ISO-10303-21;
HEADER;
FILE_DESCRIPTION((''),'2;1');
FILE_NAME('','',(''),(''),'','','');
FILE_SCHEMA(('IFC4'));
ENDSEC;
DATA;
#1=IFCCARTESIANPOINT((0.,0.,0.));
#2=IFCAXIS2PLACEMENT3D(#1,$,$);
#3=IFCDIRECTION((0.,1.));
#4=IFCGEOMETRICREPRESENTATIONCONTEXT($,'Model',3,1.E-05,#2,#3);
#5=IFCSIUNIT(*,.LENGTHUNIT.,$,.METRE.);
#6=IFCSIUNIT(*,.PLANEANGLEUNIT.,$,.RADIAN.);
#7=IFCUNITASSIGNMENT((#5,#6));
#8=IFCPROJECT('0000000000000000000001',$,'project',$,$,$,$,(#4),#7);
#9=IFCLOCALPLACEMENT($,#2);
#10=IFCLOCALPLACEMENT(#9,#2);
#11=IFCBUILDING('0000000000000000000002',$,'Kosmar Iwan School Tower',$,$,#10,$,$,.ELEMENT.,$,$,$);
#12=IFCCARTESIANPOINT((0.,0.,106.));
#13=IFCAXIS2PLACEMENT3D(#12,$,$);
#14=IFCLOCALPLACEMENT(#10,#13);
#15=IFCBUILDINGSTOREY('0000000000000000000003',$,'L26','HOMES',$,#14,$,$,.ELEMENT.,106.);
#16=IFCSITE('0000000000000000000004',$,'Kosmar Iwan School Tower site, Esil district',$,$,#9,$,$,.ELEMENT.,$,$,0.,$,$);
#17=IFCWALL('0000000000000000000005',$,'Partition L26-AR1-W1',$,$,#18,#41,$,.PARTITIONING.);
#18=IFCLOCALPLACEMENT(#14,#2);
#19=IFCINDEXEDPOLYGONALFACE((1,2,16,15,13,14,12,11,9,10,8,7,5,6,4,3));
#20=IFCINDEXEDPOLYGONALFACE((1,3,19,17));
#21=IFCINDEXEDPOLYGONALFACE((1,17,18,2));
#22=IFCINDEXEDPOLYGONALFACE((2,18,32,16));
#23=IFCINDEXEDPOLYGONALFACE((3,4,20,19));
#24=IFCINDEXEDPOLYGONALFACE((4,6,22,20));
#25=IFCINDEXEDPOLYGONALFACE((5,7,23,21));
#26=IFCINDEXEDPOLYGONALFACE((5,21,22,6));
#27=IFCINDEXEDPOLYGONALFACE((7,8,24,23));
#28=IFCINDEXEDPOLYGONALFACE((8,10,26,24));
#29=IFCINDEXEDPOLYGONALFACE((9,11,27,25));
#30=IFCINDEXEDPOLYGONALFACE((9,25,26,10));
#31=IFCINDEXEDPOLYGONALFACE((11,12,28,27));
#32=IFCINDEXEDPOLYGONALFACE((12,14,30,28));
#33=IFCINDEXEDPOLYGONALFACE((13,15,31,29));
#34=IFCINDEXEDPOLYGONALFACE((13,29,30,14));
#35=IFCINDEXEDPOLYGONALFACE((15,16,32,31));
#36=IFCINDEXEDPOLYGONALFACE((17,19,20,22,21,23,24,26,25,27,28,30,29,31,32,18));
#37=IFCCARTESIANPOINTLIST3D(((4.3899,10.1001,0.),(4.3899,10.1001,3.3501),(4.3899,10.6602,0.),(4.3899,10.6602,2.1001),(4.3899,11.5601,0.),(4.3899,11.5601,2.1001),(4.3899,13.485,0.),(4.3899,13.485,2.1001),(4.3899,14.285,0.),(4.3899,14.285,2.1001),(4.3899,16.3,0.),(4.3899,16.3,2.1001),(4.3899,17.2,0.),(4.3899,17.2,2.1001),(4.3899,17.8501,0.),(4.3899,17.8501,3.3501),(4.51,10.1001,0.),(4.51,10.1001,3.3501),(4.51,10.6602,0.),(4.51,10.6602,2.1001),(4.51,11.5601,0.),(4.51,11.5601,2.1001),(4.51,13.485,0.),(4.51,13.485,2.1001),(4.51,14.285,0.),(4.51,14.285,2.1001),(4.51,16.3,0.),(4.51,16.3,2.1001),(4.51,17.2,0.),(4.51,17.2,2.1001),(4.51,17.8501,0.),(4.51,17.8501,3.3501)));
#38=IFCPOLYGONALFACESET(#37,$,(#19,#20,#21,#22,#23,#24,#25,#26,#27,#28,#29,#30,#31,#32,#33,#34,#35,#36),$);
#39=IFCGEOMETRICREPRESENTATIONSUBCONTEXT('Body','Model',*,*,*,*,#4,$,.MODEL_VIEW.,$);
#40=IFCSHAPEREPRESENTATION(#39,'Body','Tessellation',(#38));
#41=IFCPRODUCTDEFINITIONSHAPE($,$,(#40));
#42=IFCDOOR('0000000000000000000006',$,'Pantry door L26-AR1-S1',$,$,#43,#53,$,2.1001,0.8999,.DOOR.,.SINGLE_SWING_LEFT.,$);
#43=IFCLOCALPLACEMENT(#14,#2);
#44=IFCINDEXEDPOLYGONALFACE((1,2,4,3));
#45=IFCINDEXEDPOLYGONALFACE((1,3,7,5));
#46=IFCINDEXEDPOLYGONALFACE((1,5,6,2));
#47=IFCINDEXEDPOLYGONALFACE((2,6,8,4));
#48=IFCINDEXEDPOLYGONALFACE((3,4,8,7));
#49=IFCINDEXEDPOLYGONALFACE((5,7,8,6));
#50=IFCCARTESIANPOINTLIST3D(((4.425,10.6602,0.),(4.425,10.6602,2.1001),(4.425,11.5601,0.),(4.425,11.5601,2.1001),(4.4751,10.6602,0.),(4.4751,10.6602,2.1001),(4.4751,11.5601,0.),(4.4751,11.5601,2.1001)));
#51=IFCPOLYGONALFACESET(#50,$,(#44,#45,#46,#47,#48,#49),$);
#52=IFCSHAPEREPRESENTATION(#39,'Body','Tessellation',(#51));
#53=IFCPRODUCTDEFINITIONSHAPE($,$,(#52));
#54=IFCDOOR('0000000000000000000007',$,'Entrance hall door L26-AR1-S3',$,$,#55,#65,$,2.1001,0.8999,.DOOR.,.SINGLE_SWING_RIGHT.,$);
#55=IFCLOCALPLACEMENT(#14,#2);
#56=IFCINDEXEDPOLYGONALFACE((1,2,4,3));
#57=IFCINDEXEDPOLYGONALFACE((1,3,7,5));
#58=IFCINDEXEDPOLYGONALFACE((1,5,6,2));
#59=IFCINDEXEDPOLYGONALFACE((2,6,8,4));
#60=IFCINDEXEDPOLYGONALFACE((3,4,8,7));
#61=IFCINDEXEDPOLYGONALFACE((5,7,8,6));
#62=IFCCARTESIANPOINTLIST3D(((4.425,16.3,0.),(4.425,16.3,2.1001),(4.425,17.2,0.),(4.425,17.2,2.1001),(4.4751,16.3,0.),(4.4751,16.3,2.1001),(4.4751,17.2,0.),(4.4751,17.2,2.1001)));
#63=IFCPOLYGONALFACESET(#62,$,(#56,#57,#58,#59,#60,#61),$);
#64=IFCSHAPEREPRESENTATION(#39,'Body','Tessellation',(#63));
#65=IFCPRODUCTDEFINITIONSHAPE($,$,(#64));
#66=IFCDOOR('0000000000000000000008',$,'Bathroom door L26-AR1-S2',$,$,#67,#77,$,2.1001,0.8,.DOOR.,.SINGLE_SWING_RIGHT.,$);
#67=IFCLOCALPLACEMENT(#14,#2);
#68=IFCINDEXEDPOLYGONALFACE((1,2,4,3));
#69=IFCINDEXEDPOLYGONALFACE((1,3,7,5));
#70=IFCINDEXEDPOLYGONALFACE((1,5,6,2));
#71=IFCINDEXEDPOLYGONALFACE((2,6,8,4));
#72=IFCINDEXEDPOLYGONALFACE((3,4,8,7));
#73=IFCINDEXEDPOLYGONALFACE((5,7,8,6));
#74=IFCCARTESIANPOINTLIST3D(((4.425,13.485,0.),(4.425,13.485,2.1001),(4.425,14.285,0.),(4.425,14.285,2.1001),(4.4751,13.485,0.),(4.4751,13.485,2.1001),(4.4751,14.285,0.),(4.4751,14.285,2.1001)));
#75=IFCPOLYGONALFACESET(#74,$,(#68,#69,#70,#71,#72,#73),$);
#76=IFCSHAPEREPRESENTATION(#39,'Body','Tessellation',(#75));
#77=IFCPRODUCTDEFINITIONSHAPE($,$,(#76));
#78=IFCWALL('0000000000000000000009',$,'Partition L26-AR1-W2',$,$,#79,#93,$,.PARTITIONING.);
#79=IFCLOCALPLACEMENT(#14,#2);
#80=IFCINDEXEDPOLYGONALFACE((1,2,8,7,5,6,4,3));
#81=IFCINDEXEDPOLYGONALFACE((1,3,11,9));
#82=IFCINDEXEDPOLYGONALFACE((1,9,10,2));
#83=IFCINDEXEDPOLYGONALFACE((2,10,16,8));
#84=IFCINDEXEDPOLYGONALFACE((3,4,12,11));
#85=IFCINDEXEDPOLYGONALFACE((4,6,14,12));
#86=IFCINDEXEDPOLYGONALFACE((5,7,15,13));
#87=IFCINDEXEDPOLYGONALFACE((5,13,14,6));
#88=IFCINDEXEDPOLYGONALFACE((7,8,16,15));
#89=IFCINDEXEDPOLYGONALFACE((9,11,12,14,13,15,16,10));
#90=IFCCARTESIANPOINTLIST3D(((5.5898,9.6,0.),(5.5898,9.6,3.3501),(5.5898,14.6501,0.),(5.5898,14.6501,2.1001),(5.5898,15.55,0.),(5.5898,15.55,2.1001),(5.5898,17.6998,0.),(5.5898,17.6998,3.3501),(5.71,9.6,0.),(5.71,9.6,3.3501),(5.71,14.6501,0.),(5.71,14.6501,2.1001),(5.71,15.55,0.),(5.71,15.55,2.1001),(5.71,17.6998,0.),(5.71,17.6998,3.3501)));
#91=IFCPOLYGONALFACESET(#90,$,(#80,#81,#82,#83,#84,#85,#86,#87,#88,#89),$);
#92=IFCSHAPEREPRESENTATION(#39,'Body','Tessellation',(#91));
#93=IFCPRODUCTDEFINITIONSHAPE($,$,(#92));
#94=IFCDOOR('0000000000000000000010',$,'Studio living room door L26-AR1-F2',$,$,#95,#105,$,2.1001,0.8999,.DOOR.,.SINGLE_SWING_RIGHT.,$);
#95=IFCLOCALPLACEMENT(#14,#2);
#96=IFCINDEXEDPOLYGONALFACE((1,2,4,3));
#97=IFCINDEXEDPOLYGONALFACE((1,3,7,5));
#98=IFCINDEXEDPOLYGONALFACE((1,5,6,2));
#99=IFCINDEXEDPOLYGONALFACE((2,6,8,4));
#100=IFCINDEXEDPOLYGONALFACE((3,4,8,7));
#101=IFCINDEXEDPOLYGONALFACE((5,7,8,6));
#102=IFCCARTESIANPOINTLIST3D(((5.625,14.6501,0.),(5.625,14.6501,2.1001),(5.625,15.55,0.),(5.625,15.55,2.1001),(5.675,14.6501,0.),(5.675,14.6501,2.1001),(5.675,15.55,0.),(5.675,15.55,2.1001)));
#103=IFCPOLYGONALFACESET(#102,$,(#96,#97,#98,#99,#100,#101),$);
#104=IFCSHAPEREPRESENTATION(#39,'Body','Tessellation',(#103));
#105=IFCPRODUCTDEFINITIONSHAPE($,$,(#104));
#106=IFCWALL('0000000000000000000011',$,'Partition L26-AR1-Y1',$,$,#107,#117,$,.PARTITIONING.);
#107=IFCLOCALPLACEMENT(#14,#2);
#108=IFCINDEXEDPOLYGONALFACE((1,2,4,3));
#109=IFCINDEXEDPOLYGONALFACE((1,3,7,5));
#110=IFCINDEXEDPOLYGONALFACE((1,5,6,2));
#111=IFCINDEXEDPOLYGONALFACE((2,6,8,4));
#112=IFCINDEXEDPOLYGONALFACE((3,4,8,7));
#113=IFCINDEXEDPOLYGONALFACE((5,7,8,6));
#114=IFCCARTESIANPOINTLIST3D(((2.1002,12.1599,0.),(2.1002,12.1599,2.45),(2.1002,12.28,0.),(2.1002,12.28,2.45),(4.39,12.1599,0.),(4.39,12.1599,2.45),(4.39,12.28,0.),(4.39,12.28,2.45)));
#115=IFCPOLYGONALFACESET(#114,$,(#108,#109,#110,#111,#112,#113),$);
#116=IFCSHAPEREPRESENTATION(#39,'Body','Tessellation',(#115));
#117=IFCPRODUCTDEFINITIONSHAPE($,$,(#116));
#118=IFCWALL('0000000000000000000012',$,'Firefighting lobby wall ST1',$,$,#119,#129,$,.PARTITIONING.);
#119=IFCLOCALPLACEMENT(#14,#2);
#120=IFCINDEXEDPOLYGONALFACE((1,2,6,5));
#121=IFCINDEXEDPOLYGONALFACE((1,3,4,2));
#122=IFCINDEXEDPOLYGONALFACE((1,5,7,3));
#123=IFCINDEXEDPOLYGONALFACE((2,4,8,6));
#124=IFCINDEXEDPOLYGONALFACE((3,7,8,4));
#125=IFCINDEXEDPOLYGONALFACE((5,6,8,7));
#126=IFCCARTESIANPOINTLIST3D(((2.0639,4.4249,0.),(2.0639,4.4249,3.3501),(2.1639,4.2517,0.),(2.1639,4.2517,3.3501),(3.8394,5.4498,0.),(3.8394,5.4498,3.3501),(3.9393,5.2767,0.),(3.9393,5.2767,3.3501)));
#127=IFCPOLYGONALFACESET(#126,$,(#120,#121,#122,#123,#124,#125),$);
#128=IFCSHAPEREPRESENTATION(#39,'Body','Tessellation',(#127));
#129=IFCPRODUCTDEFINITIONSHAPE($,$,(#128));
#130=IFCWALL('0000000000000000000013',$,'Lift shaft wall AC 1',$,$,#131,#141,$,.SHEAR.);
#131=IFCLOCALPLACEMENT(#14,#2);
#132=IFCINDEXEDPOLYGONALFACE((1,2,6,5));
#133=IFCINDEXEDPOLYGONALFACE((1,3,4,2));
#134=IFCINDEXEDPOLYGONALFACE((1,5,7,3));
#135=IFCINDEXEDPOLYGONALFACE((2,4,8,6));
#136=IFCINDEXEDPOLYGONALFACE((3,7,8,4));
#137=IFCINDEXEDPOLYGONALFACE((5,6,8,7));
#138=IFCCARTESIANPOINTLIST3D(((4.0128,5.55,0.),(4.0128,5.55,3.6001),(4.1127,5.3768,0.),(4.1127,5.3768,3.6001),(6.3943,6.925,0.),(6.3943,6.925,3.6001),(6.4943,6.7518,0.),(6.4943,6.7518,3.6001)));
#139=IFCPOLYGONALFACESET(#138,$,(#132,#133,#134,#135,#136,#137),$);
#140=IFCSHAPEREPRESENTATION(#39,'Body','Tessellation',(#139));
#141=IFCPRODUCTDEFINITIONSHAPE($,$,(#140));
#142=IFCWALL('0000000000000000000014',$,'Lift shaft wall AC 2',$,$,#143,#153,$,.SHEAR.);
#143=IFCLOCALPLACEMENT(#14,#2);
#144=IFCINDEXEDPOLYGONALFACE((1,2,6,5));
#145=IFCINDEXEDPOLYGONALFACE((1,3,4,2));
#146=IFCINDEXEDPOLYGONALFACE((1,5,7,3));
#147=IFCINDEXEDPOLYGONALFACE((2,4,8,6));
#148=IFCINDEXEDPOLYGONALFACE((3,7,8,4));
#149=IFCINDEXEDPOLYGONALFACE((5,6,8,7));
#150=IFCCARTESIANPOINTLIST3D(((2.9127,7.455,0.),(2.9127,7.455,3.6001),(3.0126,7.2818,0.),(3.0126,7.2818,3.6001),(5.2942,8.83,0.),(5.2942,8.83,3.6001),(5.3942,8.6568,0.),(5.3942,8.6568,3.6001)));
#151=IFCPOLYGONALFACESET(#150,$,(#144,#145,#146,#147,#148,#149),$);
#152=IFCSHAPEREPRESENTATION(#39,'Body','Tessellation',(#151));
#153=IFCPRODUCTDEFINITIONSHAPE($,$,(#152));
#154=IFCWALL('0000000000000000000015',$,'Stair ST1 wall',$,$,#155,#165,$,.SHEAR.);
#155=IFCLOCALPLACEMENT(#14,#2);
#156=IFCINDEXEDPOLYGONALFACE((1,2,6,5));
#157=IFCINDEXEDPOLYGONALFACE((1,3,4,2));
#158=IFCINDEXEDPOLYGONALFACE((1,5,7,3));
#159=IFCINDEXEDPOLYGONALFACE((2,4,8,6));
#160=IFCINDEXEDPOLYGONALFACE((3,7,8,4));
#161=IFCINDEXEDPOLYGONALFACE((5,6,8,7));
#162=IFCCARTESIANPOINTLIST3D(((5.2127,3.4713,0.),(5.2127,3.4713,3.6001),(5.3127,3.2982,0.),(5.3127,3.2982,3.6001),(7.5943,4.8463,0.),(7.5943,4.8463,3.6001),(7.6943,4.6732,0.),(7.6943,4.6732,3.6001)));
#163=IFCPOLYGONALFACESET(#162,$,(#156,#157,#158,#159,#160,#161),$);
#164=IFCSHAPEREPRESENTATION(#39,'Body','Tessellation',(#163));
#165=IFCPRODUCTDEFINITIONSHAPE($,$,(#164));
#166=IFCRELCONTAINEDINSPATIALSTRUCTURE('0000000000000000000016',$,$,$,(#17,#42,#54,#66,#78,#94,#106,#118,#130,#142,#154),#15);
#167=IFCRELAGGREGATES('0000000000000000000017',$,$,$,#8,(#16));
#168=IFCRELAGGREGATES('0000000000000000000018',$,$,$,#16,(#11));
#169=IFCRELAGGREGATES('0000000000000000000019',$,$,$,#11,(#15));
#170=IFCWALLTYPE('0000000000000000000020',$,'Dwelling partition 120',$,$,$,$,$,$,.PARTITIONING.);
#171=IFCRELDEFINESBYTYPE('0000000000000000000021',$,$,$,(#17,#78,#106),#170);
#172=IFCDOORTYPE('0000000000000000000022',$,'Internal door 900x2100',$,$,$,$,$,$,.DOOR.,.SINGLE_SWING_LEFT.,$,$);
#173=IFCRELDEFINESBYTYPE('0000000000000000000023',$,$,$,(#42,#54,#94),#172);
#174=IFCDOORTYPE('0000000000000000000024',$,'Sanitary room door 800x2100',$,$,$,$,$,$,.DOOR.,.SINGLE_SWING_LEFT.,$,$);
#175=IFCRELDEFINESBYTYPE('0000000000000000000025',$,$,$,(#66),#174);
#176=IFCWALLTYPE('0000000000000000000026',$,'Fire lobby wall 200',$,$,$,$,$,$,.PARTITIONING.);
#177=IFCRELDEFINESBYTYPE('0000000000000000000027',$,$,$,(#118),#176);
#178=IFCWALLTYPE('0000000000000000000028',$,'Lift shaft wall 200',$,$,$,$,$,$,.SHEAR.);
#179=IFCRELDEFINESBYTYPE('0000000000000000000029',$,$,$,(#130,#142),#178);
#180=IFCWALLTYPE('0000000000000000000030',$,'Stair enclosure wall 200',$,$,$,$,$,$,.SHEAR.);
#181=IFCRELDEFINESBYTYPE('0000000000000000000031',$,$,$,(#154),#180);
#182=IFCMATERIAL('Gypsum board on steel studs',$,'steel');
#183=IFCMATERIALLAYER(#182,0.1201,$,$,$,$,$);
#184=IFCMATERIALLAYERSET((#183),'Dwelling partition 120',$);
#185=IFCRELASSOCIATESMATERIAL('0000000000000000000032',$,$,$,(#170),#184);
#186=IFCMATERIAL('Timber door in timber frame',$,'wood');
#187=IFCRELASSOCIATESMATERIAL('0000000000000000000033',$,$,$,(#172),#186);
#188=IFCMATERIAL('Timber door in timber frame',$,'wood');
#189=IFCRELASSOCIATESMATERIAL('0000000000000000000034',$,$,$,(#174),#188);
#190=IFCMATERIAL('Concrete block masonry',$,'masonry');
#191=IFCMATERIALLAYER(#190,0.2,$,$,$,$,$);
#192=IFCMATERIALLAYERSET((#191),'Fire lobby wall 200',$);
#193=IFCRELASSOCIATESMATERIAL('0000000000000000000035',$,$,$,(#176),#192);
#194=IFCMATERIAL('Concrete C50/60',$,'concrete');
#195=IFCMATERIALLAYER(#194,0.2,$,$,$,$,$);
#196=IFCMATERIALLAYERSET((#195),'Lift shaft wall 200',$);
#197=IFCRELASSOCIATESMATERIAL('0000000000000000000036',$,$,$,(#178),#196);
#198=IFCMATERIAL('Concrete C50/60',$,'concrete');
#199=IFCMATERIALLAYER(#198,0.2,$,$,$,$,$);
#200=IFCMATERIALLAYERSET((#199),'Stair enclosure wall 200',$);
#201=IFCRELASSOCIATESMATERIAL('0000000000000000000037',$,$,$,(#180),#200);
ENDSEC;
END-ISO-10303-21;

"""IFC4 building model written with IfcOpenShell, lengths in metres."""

from ifc_helpers import new_model, si_unit, direction, frame, frame_2d, origin, place, context, subcontext, project, spatial, rectangle, extrude, material, layer, layer_set, type_object, element, fill, save


model = new_model("IFC4")

# Units and contexts
model_context = context("Model", 3, precision=1e-05, world=origin(), true_north=direction((0.0, 1.0)))
body_context = subcontext(model_context, "Body", "Model", "MODEL_VIEW")
ifc_project = project(units=[si_unit("LENGTHUNIT", "METRE"), si_unit("PLANEANGLEUNIT", "RADIAN")], contexts=[model_context])

# Site, building, storey
site_placement = place(None, origin())
site = spatial("IfcSite", under=ifc_project, at=site_placement, Name="Kosmar Iwan School Tower site, Esil district", CompositionType="ELEMENT", RefElevation=0.0)
building_placement = place(site_placement, origin())
building = spatial("IfcBuilding", under=site, at=building_placement, Name="Kosmar Iwan School Tower", CompositionType="ELEMENT")
storey_placement = place(building_placement, frame((0.0, 0.0, 106.0)))
storey = spatial("IfcBuildingStorey", under=building, at=storey_placement, Name="L26", Description="HOMES", CompositionType="ELEMENT", Elevation=106.0)

# Wall, openings, doors
ifc_material_1 = material(Name="Gypsum board on steel studs", Category="steel")
ifc_layer_1 = layer(ifc_material_1, 0.1201)
ifc_layer_set_1 = layer_set([ifc_layer_1], Name="Dwelling partition 120")
wall_type_1 = type_object("IfcWallType", Name="Dwelling partition 120", PredefinedType="PARTITIONING", material=ifc_layer_set_1)
wall_1_placement = place(storey_placement, frame((4.45, 10.1001, 0.0), z_axis=(0.0, 0.0, 1.0), x_axis=(0.0, 1.0, 0.0)))
wall_1 = element("IfcWall", 1, at=wall_1_placement, inside=storey, type_object=wall_type_1, Name="Partition L26-AR1-W1", PredefinedType="PARTITIONING", context=body_context, shape_type="SweptSolid", body=[
    extrude(rectangle(XDim=7.75, YDim=0.1201, at=frame_2d((3.875, 0.0))), origin(), (0.0, 0.0, 1.0), 3.3501),
])
opening_1_placement = place(wall_1_placement, frame((0.5601, 0.0, 0.0)))
opening_1 = element("IfcOpeningElement", 2, at=opening_1_placement, cuts=wall_1, PredefinedType="OPENING", context=body_context, shape_type="SweptSolid", body=[
    extrude(rectangle(XDim=0.8999, YDim=2.1001, at=frame_2d((0.45, 1.05))), frame((0.0, 0.072, 0.0), z_axis=(0.0, -1.0, 0.0), x_axis=(1.0, 0.0, 0.0)), (0.0, 0.0, 1.0), 0.144),
])
opening_2_placement = place(wall_1_placement, frame((3.385, 0.0, 0.0)))
opening_2 = element("IfcOpeningElement", 3, at=opening_2_placement, cuts=wall_1, PredefinedType="OPENING", context=body_context, shape_type="SweptSolid", body=[
    extrude(rectangle(XDim=0.8, YDim=2.1001, at=frame_2d((0.3999, 1.05))), frame((0.0, 0.072, 0.0), z_axis=(0.0, -1.0, 0.0), x_axis=(1.0, 0.0, 0.0)), (0.0, 0.0, 1.0), 0.144),
])
opening_3_placement = place(wall_1_placement, frame((6.2, 0.0, 0.0)))
opening_3 = element("IfcOpeningElement", 4, at=opening_3_placement, cuts=wall_1, PredefinedType="OPENING", context=body_context, shape_type="SweptSolid", body=[
    extrude(rectangle(XDim=0.8999, YDim=2.1001, at=frame_2d((0.45, 1.05))), frame((0.0, 0.072, 0.0), z_axis=(0.0, -1.0, 0.0), x_axis=(1.0, 0.0, 0.0)), (0.0, 0.0, 1.0), 0.144),
])
ifc_material_2 = material(Name="Timber door in timber frame", Category="wood")
door_type_1 = type_object("IfcDoorType", Name="Internal door 900x2100", OperationType="SINGLE_SWING_LEFT", PredefinedType="DOOR", material=ifc_material_2)
door_1_placement = place(opening_1_placement, origin())
door_1 = element("IfcDoor", 5, at=door_1_placement, inside=storey, type_object=door_type_1, Name="Pantry door L26-AR1-S1", OperationType="SINGLE_SWING_LEFT", OverallHeight=2.1001, OverallWidth=0.8999, PredefinedType="DOOR", context=body_context, shape_type="SweptSolid", body=[
    extrude(rectangle(XDim=0.8999, YDim=2.1001, at=frame_2d((0.45, 1.05))), frame((0.0, 0.0249, 0.0), z_axis=(0.0, -1.0, 0.0), x_axis=(1.0, 0.0, 0.0)), (0.0, 0.0, 1.0), 0.05),
])
fill(opening_1, door_1)
door_2_placement = place(opening_3_placement, origin())
door_2 = element("IfcDoor", 6, at=door_2_placement, inside=storey, type_object=door_type_1, Name="Entrance hall door L26-AR1-S3", OperationType="SINGLE_SWING_RIGHT", OverallHeight=2.1001, OverallWidth=0.8999, PredefinedType="DOOR", context=body_context, shape_type="SweptSolid", body=[
    extrude(rectangle(XDim=0.8999, YDim=2.1001, at=frame_2d((0.45, 1.05))), frame((0.0, 0.0249, 0.0), z_axis=(0.0, -1.0, 0.0), x_axis=(1.0, 0.0, 0.0)), (0.0, 0.0, 1.0), 0.05),
])
fill(opening_3, door_2)
ifc_material_3 = material(Name="Timber door in timber frame", Category="wood")
door_type_2 = type_object("IfcDoorType", Name="Sanitary room door 800x2100", OperationType="SINGLE_SWING_LEFT", PredefinedType="DOOR", material=ifc_material_3)
door_3_placement = place(opening_2_placement, origin())
door_3 = element("IfcDoor", 7, at=door_3_placement, inside=storey, type_object=door_type_2, Name="Bathroom door L26-AR1-S2", OperationType="SINGLE_SWING_RIGHT", OverallHeight=2.1001, OverallWidth=0.8, PredefinedType="DOOR", context=body_context, shape_type="SweptSolid", body=[
    extrude(rectangle(XDim=0.8, YDim=2.1001, at=frame_2d((0.3999, 1.05))), frame((0.0, 0.0249, 0.0), z_axis=(0.0, -1.0, 0.0), x_axis=(1.0, 0.0, 0.0)), (0.0, 0.0, 1.0), 0.05),
])
fill(opening_2, door_3)

# Wall, opening, door
wall_2_placement = place(storey_placement, frame((5.6499, 9.6001, 0.0), z_axis=(0.0, 0.0, 1.0), x_axis=(0.0, 1.0, 0.0)))
wall_2 = element("IfcWall", 8, at=wall_2_placement, inside=storey, type_object=wall_type_1, Name="Partition L26-AR1-W2", PredefinedType="PARTITIONING", context=body_context, shape_type="SweptSolid", body=[
    extrude(rectangle(XDim=8.0999, YDim=0.1201, at=frame_2d((4.0498, 0.0))), origin(), (0.0, 0.0, 1.0), 3.3501),
])
opening_4_placement = place(wall_2_placement, frame((5.05, 0.0, 0.0)))
opening_4 = element("IfcOpeningElement", 9, at=opening_4_placement, cuts=wall_2, PredefinedType="OPENING", context=body_context, shape_type="SweptSolid", body=[
    extrude(rectangle(XDim=0.8999, YDim=2.1001, at=frame_2d((0.45, 1.05))), frame((0.0, 0.072, 0.0), z_axis=(0.0, -1.0, 0.0), x_axis=(1.0, 0.0, 0.0)), (0.0, 0.0, 1.0), 0.144),
])
door_4_placement = place(opening_4_placement, origin())
door_4 = element("IfcDoor", 10, at=door_4_placement, inside=storey, type_object=door_type_1, Name="Studio living room door L26-AR1-F2", OperationType="SINGLE_SWING_RIGHT", OverallHeight=2.1001, OverallWidth=0.8999, PredefinedType="DOOR", context=body_context, shape_type="SweptSolid", body=[
    extrude(rectangle(XDim=0.8999, YDim=2.1001, at=frame_2d((0.45, 1.05))), frame((0.0, 0.0249, 0.0), z_axis=(0.0, -1.0, 0.0), x_axis=(1.0, 0.0, 0.0)), (0.0, 0.0, 1.0), 0.05),
])
fill(opening_4, door_4)

# Walls
wall_3_placement = place(storey_placement, frame((2.1001, 12.22, 0.0), z_axis=(0.0, 0.0, 1.0), x_axis=(1.0, 0.0, 0.0)))
element("IfcWall", 11, at=wall_3_placement, inside=storey, type_object=wall_type_1, Name="Partition L26-AR1-Y1", PredefinedType="PARTITIONING", context=body_context, shape_type="SweptSolid", body=[
    extrude(rectangle(XDim=2.2898, YDim=0.1201, at=frame_2d((1.145, 0.0))), origin(), (0.0, 0.0, 1.0), 2.45),
])
ifc_material_4 = material(Name="Concrete block masonry", Category="masonry")
ifc_layer_2 = layer(ifc_material_4, 0.2)
ifc_layer_set_2 = layer_set([ifc_layer_2], Name="Fire lobby wall 200")
wall_type_2 = type_object("IfcWallType", Name="Fire lobby wall 200", PredefinedType="PARTITIONING", material=ifc_layer_set_2)
wall_4_placement = place(storey_placement, frame((2.114, 4.3384, 0.0), z_axis=(0.0, 0.0, 1.0), x_axis=(0.866051, 0.499956, 0.0)))
element("IfcWall", 12, at=wall_4_placement, inside=storey, type_object=wall_type_2, Name="Firefighting lobby wall ST1", PredefinedType="PARTITIONING", context=body_context, shape_type="SweptSolid", body=[
    extrude(rectangle(XDim=2.05, YDim=0.2, at=frame_2d((1.0249, 0.0))), origin(), (0.0, 0.0, 1.0), 3.3501),
])
ifc_material_5 = material(Name="Concrete C50/60", Category="concrete")
ifc_layer_3 = layer(ifc_material_5, 0.2)
ifc_layer_set_3 = layer_set([ifc_layer_3], Name="Lift shaft wall 200")
wall_type_3 = type_object("IfcWallType", Name="Lift shaft wall 200", PredefinedType="SHEAR", material=ifc_layer_set_3)
for number, where, z_axis, x_axis, name in (
    (13, (4.0627, 5.4634, 0.0), (0.0, 0.0, 1.0), (0.866027, 0.499997, 0.0), "Lift shaft wall AC 1"),
    (14, (2.9626, 7.3684, 0.0), (0.0, 0.0, 1.0), (0.866027, 0.499997, 0.0), "Lift shaft wall AC 2"),
):
    element("IfcWall", number, at=place(storey_placement, frame(where, z_axis=z_axis, x_axis=x_axis)), inside=storey, type_object=wall_type_3, Name=name, PredefinedType="SHEAR", context=body_context, shape_type="SweptSolid", body=[
        extrude(rectangle(XDim=2.75, YDim=0.2, at=frame_2d((1.375, 0.0))), origin(), (0.0, 0.0, 1.0), 3.6001),
    ])
ifc_material_6 = material(Name="Concrete C50/60", Category="concrete")
ifc_layer_4 = layer(ifc_material_6, 0.2)
ifc_layer_set_4 = layer_set([ifc_layer_4], Name="Stair enclosure wall 200")
wall_type_4 = type_object("IfcWallType", Name="Stair enclosure wall 200", PredefinedType="SHEAR", material=ifc_layer_set_4)
wall_5_placement = place(storey_placement, frame((5.2627, 3.3848, 0.0), z_axis=(0.0, 0.0, 1.0), x_axis=(0.866027, 0.499997, 0.0)))
element("IfcWall", 15, at=wall_5_placement, inside=storey, type_object=wall_type_4, Name="Stair ST1 wall", PredefinedType="SHEAR", context=body_context, shape_type="SweptSolid", body=[
    extrude(rectangle(XDim=2.75, YDim=0.2, at=frame_2d((1.375, 0.0))), origin(), (0.0, 0.0, 1.0), 3.6001),
])

save(model, "model.ifc")
